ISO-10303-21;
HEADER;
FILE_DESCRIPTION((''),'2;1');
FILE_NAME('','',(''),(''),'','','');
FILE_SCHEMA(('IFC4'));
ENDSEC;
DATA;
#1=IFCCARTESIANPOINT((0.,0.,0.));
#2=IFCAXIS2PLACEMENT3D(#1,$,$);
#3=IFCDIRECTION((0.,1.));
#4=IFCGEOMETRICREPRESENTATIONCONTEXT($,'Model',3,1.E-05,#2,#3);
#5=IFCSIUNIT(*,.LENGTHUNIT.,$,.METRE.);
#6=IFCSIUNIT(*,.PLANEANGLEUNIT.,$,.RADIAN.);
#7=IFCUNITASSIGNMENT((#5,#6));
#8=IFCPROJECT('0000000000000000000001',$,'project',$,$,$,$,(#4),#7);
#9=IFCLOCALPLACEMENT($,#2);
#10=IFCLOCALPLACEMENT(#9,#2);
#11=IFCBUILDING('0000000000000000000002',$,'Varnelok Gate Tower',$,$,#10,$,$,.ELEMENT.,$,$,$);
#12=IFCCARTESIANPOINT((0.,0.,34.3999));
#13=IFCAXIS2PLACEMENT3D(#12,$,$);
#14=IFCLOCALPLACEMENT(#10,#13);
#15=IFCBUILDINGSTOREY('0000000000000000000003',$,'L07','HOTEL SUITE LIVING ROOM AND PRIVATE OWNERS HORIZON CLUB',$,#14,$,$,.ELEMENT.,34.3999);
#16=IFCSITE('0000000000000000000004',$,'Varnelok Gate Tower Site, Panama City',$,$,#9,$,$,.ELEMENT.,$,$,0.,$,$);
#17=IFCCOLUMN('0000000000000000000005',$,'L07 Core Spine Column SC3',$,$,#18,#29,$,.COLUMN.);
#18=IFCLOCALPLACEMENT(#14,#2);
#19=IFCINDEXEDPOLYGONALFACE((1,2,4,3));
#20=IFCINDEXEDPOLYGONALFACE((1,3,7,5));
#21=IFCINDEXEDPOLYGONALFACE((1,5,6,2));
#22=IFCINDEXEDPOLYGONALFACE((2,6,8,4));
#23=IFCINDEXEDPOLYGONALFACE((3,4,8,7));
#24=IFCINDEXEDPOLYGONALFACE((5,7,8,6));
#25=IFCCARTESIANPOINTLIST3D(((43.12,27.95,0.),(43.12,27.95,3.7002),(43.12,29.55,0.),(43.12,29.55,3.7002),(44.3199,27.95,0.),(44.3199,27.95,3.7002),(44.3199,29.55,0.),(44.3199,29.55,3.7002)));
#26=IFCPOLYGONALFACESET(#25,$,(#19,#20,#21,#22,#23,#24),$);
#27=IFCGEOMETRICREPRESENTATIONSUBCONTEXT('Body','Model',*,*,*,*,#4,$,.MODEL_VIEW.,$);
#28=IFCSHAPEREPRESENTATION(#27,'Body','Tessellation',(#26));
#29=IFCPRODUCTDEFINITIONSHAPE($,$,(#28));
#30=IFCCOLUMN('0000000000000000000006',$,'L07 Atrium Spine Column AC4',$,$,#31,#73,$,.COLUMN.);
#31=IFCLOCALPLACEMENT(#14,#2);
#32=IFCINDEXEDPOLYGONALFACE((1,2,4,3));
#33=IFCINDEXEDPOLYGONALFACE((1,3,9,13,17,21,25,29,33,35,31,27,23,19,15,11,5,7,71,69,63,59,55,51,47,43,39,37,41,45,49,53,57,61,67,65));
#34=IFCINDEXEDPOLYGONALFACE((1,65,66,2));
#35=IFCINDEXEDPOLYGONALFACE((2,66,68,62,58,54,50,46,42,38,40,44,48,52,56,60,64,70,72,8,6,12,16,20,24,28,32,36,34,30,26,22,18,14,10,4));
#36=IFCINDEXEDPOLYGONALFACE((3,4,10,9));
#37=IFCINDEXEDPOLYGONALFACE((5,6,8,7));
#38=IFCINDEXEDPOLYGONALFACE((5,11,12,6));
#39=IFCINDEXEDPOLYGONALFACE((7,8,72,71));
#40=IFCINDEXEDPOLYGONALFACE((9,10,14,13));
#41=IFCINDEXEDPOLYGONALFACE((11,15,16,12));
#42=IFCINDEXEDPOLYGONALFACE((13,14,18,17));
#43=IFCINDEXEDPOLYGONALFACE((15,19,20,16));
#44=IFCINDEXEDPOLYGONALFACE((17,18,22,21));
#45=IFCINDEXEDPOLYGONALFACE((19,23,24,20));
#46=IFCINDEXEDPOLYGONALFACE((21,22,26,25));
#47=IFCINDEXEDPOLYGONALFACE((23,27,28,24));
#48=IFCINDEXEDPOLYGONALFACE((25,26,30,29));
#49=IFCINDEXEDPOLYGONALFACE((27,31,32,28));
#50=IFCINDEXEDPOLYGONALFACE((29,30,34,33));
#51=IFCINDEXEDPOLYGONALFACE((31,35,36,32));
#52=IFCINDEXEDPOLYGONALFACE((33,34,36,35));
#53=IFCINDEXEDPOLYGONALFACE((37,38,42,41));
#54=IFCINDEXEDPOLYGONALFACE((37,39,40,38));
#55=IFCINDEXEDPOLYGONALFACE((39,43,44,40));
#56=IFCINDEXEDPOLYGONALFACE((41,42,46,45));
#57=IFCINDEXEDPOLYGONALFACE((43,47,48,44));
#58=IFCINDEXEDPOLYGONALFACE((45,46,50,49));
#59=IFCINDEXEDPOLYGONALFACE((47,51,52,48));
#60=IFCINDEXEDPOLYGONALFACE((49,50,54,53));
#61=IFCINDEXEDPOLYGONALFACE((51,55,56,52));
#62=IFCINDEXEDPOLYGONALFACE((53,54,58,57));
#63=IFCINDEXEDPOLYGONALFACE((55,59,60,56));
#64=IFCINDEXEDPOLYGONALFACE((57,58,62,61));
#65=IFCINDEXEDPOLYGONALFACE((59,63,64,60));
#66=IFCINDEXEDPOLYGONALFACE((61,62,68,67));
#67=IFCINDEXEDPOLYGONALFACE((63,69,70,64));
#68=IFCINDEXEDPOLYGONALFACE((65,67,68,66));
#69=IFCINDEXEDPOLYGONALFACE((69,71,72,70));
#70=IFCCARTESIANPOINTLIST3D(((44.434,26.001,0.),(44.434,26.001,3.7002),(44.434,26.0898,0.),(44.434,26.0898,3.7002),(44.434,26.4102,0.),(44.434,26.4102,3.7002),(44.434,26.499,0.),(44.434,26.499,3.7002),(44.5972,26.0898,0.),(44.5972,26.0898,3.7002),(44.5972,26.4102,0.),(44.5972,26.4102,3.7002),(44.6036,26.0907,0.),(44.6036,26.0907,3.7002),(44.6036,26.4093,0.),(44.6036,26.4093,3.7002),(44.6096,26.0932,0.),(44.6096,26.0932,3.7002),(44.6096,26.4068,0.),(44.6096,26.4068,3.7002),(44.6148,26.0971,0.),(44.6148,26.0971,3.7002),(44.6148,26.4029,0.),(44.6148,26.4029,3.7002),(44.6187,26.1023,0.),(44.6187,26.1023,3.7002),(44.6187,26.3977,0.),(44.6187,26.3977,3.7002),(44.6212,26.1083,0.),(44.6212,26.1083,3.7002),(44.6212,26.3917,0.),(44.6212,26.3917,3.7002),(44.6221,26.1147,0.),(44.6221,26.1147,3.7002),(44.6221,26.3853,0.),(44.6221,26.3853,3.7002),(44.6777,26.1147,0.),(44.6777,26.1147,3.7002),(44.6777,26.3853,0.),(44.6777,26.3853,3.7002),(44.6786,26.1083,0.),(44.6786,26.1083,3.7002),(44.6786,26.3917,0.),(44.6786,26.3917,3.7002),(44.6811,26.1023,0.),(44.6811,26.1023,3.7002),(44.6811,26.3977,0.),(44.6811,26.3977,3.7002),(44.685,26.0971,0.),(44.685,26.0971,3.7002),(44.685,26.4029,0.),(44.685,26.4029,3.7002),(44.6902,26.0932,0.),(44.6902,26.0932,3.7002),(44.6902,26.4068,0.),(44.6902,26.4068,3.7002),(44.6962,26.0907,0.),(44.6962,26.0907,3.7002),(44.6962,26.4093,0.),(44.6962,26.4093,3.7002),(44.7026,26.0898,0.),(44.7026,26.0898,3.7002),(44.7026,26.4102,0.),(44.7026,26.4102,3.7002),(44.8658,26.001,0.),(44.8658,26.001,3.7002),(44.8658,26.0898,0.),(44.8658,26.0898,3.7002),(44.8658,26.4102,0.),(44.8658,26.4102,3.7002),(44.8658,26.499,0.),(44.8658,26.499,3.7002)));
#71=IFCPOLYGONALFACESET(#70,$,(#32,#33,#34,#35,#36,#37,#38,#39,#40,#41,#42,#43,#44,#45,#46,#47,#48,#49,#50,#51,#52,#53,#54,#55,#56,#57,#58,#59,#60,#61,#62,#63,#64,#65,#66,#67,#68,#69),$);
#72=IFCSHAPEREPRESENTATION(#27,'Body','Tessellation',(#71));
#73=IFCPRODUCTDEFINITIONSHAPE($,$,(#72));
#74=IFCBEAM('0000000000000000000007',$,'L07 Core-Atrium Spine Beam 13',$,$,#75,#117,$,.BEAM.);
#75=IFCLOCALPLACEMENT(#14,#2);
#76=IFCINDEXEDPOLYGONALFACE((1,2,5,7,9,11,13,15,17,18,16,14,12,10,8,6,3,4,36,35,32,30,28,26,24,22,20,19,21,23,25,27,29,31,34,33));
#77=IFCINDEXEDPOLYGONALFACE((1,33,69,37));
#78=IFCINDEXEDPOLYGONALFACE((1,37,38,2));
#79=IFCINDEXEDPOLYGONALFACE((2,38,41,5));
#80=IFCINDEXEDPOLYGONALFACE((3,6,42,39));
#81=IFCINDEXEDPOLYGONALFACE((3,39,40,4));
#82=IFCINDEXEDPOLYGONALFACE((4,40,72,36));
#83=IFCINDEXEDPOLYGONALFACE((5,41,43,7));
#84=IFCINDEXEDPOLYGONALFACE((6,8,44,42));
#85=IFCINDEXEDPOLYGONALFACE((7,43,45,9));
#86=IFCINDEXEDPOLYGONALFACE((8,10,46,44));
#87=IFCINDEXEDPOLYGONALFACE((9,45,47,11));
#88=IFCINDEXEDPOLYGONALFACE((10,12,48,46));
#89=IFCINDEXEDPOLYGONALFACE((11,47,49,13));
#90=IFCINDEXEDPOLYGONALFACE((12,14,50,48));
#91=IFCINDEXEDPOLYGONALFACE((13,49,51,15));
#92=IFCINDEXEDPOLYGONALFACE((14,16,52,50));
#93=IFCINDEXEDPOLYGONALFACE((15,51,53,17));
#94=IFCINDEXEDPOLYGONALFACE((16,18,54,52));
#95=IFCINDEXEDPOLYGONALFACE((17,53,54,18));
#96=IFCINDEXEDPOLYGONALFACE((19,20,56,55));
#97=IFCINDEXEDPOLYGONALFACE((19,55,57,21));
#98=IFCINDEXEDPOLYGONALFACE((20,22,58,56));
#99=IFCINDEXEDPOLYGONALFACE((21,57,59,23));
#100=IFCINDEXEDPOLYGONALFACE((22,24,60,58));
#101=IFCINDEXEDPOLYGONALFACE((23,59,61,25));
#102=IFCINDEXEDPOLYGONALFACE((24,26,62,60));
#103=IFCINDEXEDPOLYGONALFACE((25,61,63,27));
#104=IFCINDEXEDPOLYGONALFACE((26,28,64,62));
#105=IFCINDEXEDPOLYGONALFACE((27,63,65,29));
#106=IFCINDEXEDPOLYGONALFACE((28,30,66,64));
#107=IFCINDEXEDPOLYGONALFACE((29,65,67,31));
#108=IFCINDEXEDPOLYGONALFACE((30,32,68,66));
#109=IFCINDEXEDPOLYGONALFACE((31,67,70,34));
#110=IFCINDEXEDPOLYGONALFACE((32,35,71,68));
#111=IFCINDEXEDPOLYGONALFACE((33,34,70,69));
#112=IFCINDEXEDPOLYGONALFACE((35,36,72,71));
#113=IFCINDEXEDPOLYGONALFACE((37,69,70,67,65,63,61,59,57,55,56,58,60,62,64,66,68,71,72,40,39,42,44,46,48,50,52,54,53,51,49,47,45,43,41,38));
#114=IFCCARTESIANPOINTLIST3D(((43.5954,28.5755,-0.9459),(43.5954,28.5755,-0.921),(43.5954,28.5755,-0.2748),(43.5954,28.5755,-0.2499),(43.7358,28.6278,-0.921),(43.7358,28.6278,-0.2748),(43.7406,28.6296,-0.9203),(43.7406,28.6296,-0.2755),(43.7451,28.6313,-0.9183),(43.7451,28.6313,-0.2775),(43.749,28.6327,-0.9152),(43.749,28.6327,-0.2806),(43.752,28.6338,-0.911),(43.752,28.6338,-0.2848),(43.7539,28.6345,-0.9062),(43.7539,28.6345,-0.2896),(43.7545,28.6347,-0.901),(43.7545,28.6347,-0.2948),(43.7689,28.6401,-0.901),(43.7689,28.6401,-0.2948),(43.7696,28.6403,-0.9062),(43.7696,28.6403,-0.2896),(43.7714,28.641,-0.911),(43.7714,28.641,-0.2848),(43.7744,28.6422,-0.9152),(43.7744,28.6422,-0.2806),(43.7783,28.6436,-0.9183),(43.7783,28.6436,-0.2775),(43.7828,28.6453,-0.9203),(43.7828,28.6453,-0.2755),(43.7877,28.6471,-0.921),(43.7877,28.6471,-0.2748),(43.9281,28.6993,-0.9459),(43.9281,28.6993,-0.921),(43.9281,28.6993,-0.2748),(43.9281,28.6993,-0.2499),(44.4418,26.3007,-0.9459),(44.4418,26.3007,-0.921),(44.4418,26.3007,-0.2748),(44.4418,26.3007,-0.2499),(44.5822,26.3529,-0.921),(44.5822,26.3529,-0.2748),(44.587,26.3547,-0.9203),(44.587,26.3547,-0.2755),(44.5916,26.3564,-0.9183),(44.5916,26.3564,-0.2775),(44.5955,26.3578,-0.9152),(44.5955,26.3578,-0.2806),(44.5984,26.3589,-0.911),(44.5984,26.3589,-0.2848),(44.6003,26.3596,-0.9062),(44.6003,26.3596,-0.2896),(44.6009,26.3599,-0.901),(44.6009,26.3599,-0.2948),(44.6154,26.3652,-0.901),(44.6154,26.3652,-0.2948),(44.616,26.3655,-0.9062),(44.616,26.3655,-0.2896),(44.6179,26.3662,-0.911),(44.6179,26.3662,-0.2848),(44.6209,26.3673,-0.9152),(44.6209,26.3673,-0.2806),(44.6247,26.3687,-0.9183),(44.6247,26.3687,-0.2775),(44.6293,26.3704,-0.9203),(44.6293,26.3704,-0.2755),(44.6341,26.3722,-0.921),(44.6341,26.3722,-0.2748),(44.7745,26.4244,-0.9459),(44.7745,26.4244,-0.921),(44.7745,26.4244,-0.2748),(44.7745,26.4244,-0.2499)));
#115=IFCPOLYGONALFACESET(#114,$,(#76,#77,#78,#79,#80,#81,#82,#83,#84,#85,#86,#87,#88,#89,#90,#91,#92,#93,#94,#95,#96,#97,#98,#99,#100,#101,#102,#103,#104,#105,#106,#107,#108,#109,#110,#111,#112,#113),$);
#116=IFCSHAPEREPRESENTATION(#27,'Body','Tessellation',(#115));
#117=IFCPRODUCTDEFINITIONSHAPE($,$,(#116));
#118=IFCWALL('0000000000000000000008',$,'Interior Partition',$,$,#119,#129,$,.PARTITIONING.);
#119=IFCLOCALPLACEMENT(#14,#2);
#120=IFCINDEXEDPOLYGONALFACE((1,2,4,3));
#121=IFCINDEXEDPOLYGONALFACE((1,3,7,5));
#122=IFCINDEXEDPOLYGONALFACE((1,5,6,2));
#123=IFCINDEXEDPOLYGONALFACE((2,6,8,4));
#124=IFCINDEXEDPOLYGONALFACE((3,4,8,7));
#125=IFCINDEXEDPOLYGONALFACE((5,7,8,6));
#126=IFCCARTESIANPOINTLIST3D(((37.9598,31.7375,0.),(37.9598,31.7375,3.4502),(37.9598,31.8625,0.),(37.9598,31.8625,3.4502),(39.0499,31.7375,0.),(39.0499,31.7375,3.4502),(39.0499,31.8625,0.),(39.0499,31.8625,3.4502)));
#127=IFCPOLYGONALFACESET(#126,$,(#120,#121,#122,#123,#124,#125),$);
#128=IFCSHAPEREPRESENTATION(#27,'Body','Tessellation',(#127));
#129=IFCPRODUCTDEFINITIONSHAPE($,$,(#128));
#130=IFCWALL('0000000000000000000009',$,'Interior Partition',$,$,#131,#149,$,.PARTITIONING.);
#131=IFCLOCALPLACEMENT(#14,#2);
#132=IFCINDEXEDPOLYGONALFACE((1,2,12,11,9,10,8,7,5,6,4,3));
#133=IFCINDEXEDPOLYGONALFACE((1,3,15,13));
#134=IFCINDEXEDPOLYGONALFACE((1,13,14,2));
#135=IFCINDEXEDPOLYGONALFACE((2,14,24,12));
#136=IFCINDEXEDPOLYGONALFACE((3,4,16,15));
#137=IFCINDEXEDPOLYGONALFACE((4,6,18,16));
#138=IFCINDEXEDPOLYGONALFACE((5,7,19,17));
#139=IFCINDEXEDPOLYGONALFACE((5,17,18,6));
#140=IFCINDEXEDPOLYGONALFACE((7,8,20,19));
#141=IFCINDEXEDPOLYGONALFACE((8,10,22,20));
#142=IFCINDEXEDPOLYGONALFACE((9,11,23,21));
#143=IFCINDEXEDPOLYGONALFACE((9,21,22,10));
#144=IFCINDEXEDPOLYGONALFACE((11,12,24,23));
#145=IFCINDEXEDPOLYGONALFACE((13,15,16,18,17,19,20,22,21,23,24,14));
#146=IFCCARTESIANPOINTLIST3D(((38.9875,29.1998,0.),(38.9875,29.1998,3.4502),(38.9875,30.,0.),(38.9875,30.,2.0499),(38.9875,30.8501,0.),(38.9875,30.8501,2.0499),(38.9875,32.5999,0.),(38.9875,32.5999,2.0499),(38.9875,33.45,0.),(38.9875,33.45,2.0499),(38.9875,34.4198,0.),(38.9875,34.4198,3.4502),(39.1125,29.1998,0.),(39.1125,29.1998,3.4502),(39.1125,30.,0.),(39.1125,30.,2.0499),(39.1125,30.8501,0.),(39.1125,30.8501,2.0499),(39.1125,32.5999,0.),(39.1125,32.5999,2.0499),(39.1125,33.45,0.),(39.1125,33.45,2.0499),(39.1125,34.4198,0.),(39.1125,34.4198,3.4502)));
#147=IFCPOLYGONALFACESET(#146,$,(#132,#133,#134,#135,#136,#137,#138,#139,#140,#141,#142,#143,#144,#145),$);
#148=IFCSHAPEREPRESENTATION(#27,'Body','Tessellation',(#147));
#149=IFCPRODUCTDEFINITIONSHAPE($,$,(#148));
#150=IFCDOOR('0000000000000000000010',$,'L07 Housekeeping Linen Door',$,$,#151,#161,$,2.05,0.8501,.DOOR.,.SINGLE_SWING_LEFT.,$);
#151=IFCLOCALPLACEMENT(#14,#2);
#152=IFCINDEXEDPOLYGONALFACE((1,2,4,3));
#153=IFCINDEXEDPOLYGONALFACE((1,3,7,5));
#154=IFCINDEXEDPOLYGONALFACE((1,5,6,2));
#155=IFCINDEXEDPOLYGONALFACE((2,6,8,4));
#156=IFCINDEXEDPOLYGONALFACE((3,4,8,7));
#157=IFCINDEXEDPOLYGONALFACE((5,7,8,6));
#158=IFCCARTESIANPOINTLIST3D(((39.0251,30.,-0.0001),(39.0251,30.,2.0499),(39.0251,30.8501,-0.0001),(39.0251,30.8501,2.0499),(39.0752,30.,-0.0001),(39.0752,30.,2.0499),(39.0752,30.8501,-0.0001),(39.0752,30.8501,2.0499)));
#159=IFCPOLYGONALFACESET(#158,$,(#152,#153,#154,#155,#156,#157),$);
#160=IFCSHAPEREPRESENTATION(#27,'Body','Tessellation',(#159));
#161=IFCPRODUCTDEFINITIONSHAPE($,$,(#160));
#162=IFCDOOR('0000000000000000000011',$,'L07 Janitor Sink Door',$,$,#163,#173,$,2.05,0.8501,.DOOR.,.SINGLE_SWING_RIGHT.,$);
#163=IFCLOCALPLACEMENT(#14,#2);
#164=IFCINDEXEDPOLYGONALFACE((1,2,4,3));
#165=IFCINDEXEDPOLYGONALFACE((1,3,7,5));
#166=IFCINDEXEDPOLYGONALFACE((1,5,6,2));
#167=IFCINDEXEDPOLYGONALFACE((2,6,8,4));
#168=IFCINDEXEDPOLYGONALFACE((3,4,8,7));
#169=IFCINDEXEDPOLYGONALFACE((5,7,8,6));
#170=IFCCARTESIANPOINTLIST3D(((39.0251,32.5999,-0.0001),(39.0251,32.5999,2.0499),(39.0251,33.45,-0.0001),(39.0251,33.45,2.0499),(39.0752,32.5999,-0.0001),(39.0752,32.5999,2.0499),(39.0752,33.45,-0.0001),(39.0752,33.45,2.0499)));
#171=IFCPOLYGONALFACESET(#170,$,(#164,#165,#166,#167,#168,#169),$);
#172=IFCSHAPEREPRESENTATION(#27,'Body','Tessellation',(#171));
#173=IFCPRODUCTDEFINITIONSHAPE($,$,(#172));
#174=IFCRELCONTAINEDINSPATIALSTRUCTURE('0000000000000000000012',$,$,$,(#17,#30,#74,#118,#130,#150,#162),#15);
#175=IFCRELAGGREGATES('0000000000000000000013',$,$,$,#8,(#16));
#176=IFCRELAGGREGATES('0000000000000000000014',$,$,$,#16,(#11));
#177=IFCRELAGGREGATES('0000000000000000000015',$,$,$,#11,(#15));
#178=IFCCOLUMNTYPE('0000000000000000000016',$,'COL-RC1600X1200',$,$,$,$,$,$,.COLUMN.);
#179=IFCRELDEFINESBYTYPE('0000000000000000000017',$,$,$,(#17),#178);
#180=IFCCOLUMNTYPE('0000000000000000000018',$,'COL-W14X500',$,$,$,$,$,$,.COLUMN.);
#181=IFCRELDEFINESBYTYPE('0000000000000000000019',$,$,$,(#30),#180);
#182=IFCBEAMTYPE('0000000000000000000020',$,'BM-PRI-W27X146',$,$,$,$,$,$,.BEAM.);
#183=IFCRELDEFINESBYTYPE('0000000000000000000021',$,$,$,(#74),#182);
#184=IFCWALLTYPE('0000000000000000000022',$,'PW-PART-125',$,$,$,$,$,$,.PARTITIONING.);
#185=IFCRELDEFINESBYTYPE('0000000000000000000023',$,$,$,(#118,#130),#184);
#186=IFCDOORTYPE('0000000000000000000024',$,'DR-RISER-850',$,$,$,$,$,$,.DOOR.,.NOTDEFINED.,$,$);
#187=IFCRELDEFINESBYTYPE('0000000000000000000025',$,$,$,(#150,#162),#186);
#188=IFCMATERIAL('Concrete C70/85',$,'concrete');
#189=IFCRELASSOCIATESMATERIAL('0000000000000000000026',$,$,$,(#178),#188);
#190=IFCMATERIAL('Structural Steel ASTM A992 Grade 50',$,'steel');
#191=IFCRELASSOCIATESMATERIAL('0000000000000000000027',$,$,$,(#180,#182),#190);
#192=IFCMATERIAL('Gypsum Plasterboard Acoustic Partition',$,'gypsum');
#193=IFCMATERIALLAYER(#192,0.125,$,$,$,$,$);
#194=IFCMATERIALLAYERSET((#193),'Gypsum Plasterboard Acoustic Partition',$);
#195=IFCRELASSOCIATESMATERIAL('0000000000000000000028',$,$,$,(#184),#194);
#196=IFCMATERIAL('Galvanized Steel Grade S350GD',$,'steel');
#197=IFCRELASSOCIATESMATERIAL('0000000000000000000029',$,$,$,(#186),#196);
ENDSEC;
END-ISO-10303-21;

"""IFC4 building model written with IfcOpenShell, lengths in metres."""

from ifc_helpers import new_model, si_unit, direction, frame, frame_2d, origin, origin_2d, place, context, subcontext, project, spatial, rectangle, i_section, extrude, material, layer, layer_set, material_profile, profile_set, type_object, element, fill, save


model = new_model("IFC4")

# Units and contexts
model_context = context("Model", 3, precision=1e-05, world=origin(), true_north=direction((0.0, 1.0)))
body_context = subcontext(model_context, "Body", "Model", "MODEL_VIEW")
ifc_project = project(units=[si_unit("LENGTHUNIT", "METRE"), si_unit("PLANEANGLEUNIT", "RADIAN")], contexts=[model_context])

# Site, building, storey
site_placement = place(None, origin())
site = spatial("IfcSite", under=ifc_project, at=site_placement, Name="Varnelok Gate Tower Site, Panama City", CompositionType="ELEMENT", RefElevation=0.0)
building_placement = place(site_placement, origin())
building = spatial("IfcBuilding", under=site, at=building_placement, Name="Varnelok Gate Tower", CompositionType="ELEMENT")
storey_placement = place(building_placement, frame((0.0, 0.0, 34.3999)))
storey = spatial("IfcBuildingStorey", under=building, at=storey_placement, Name="L07", Description="HOTEL SUITE LIVING ROOM AND PRIVATE OWNERS HORIZON CLUB", CompositionType="ELEMENT", Elevation=34.3999)

# Columns
ifc_material_1 = material(Name="Concrete C70/85", Category="concrete")
ifc_material_profile_1 = material_profile(ifc_material_1, rectangle(XDim=1.2, YDim=1.6001, at=origin_2d()), Name="RC1600X1200")
ifc_profile_set_1 = profile_set([ifc_material_profile_1], Name="Concrete C70/85")
column_type_1 = type_object("IfcColumnType", Name="COL-RC1600X1200", PredefinedType="COLUMN", material=ifc_profile_set_1)
column_1_placement = place(storey_placement, frame((43.72, 28.75, 0.0), z_axis=(0.0, 0.0, 1.0), x_axis=(1.0, 0.0, 0.0)))
element("IfcColumn", 1, at=column_1_placement, inside=storey, type_object=column_type_1, Name="L07 Core Spine Column SC3", PredefinedType="COLUMN", context=body_context, shape_type="SweptSolid", body=[
    extrude(rectangle(XDim=1.2, YDim=1.6001, at=origin_2d()), origin(), (0.0, 0.0, 1.0), 3.7002),
])
ifc_material_2 = material(Name="Structural Steel ASTM A992 Grade 50", Category="steel")
ifc_material_profile_2 = material_profile(ifc_material_2, i_section(OverallWidth=0.4319, OverallDepth=0.498, WebThickness=0.0557, FlangeThickness=0.0889, FilletRadius=0.0249, at=origin_2d()), Name="W14X500")
ifc_profile_set_2 = profile_set([ifc_material_profile_2], Name="Structural Steel ASTM A992 Grade 50")
column_type_2 = type_object("IfcColumnType", Name="COL-W14X500", PredefinedType="COLUMN", material=ifc_profile_set_2)
column_2_placement = place(storey_placement, frame((44.6499, 26.25, 0.0), z_axis=(0.0, 0.0, 1.0), x_axis=(1.0, 0.0, 0.0)))
element("IfcColumn", 2, at=column_2_placement, inside=storey, type_object=column_type_2, Name="L07 Atrium Spine Column AC4", PredefinedType="COLUMN", context=body_context, shape_type="SweptSolid", body=[
    extrude(i_section(OverallWidth=0.4319, OverallDepth=0.498, WebThickness=0.0557, FlangeThickness=0.0889, FilletRadius=0.0249, at=origin_2d()), origin(), (0.0, 0.0, 1.0), 3.7002),
])

# Beam
ifc_material_profile_3 = material_profile(ifc_material_2, i_section(OverallWidth=0.355, OverallDepth=0.696, WebThickness=0.0154, FlangeThickness=0.0249, FilletRadius=0.02, at=origin_2d()), Name="W27X146")
ifc_profile_set_3 = profile_set([ifc_material_profile_3], Name="Structural Steel ASTM A992 Grade 50")
beam_type = type_object("IfcBeamType", Name="BM-PRI-W27X146", PredefinedType="BEAM", material=ifc_profile_set_3)
beam_placement = place(storey_placement, frame((44.6082, 26.3625, -0.5979), z_axis=(-0.348719, 0.937227, 0.0), x_axis=(-0.937227, -0.348719, 0.0)))
element("IfcBeam", 3, at=beam_placement, inside=storey, type_object=beam_type, Name="L07 Core-Atrium Spine Beam 13", PredefinedType="BEAM", context=body_context, shape_type="SweptSolid", body=[
    extrude(i_section(OverallWidth=0.355, OverallDepth=0.696, WebThickness=0.0154, FlangeThickness=0.0249, FilletRadius=0.02, at=origin_2d()), origin(), (0.0, 0.0, 1.0), 2.4272),
])

# Wall
ifc_material_3 = material(Name="Gypsum Plasterboard Acoustic Partition", Category="gypsum")
ifc_layer_1 = layer(ifc_material_3, 0.125)
ifc_layer_set_1 = layer_set([ifc_layer_1], Name="Gypsum Plasterboard Acoustic Partition")
wall_type_1 = type_object("IfcWallType", Name="PW-PART-125", PredefinedType="PARTITIONING", material=ifc_layer_set_1)
wall_1_placement = place(storey_placement, frame((37.96, 31.8, 0.0), z_axis=(0.0, 0.0, 1.0), x_axis=(1.0, 0.0, 0.0)))
element("IfcWall", 4, at=wall_1_placement, inside=storey, type_object=wall_type_1, Name="Interior Partition", PredefinedType="PARTITIONING", context=body_context, shape_type="SweptSolid", body=[
    extrude(rectangle(XDim=1.0901, YDim=0.125, at=frame_2d((0.5449, 0.0))), origin(), (0.0, 0.0, 1.0), 3.4502),
])

# Wall, openings, doors
wall_2_placement = place(storey_placement, frame((39.05, 29.2, 0.0), z_axis=(0.0, 0.0, 1.0), x_axis=(0.0, 1.0, 0.0)))
wall_2 = element("IfcWall", 5, at=wall_2_placement, inside=storey, type_object=wall_type_1, Name="Interior Partition", PredefinedType="PARTITIONING", context=body_context, shape_type="SweptSolid", body=[
    extrude(rectangle(XDim=5.22, YDim=0.125, at=frame_2d((2.6099, 0.0))), origin(), (0.0, 0.0, 1.0), 3.4502),
])
opening_1_placement = place(wall_2_placement, frame((0.8, 0.0, 0.0)))
opening_1 = element("IfcOpeningElement", 6, at=opening_1_placement, cuts=wall_2, PredefinedType="OPENING", context=body_context, shape_type="SweptSolid", body=[
    extrude(rectangle(XDim=0.8501, YDim=2.05, at=frame_2d((0.425, 1.0249))), frame((0.0, 0.0725, 0.0), z_axis=(0.0, -1.0, 0.0), x_axis=(1.0, 0.0, 0.0)), (0.0, 0.0, 1.0), 0.145),
])
opening_2_placement = place(wall_2_placement, frame((3.3999, 0.0, 0.0)))
opening_2 = element("IfcOpeningElement", 7, at=opening_2_placement, cuts=wall_2, PredefinedType="OPENING", context=body_context, shape_type="SweptSolid", body=[
    extrude(rectangle(XDim=0.8501, YDim=2.05, at=frame_2d((0.425, 1.0249))), frame((0.0, 0.0725, 0.0), z_axis=(0.0, -1.0, 0.0), x_axis=(1.0, 0.0, 0.0)), (0.0, 0.0, 1.0), 0.145),
])
ifc_material_4 = material(Name="Galvanized Steel Grade S350GD", Category="steel")
door_type_1 = type_object("IfcDoorType", Name="DR-RISER-850", OperationType="NOTDEFINED", PredefinedType="DOOR", material=ifc_material_4)
door_1_placement = place(opening_1_placement, origin())
door_1 = element("IfcDoor", 8, at=door_1_placement, inside=storey, type_object=door_type_1, Name="L07 Housekeeping Linen Door", OperationType="SINGLE_SWING_LEFT", OverallHeight=2.05, OverallWidth=0.8501, PredefinedType="DOOR", context=body_context, shape_type="SweptSolid", body=[
    extrude(rectangle(XDim=0.8501, YDim=2.05, at=frame_2d((0.425, 1.0249))), frame((0.0, 0.0249, 0.0), z_axis=(0.0, -1.0, 0.0), x_axis=(1.0, 0.0, 0.0)), (0.0, 0.0, 1.0), 0.05),
])
fill(opening_1, door_1)
door_2_placement = place(opening_2_placement, origin())
door_2 = element("IfcDoor", 9, at=door_2_placement, inside=storey, type_object=door_type_1, Name="L07 Janitor Sink Door", OperationType="SINGLE_SWING_RIGHT", OverallHeight=2.05, OverallWidth=0.8501, PredefinedType="DOOR", context=body_context, shape_type="SweptSolid", body=[
    extrude(rectangle(XDim=0.8501, YDim=2.05, at=frame_2d((0.425, 1.0249))), frame((0.0, 0.0249, 0.0), z_axis=(0.0, -1.0, 0.0), x_axis=(1.0, 0.0, 0.0)), (0.0, 0.0, 1.0), 0.05),
])
fill(opening_2, door_2)

save(model, "model.ifc")
